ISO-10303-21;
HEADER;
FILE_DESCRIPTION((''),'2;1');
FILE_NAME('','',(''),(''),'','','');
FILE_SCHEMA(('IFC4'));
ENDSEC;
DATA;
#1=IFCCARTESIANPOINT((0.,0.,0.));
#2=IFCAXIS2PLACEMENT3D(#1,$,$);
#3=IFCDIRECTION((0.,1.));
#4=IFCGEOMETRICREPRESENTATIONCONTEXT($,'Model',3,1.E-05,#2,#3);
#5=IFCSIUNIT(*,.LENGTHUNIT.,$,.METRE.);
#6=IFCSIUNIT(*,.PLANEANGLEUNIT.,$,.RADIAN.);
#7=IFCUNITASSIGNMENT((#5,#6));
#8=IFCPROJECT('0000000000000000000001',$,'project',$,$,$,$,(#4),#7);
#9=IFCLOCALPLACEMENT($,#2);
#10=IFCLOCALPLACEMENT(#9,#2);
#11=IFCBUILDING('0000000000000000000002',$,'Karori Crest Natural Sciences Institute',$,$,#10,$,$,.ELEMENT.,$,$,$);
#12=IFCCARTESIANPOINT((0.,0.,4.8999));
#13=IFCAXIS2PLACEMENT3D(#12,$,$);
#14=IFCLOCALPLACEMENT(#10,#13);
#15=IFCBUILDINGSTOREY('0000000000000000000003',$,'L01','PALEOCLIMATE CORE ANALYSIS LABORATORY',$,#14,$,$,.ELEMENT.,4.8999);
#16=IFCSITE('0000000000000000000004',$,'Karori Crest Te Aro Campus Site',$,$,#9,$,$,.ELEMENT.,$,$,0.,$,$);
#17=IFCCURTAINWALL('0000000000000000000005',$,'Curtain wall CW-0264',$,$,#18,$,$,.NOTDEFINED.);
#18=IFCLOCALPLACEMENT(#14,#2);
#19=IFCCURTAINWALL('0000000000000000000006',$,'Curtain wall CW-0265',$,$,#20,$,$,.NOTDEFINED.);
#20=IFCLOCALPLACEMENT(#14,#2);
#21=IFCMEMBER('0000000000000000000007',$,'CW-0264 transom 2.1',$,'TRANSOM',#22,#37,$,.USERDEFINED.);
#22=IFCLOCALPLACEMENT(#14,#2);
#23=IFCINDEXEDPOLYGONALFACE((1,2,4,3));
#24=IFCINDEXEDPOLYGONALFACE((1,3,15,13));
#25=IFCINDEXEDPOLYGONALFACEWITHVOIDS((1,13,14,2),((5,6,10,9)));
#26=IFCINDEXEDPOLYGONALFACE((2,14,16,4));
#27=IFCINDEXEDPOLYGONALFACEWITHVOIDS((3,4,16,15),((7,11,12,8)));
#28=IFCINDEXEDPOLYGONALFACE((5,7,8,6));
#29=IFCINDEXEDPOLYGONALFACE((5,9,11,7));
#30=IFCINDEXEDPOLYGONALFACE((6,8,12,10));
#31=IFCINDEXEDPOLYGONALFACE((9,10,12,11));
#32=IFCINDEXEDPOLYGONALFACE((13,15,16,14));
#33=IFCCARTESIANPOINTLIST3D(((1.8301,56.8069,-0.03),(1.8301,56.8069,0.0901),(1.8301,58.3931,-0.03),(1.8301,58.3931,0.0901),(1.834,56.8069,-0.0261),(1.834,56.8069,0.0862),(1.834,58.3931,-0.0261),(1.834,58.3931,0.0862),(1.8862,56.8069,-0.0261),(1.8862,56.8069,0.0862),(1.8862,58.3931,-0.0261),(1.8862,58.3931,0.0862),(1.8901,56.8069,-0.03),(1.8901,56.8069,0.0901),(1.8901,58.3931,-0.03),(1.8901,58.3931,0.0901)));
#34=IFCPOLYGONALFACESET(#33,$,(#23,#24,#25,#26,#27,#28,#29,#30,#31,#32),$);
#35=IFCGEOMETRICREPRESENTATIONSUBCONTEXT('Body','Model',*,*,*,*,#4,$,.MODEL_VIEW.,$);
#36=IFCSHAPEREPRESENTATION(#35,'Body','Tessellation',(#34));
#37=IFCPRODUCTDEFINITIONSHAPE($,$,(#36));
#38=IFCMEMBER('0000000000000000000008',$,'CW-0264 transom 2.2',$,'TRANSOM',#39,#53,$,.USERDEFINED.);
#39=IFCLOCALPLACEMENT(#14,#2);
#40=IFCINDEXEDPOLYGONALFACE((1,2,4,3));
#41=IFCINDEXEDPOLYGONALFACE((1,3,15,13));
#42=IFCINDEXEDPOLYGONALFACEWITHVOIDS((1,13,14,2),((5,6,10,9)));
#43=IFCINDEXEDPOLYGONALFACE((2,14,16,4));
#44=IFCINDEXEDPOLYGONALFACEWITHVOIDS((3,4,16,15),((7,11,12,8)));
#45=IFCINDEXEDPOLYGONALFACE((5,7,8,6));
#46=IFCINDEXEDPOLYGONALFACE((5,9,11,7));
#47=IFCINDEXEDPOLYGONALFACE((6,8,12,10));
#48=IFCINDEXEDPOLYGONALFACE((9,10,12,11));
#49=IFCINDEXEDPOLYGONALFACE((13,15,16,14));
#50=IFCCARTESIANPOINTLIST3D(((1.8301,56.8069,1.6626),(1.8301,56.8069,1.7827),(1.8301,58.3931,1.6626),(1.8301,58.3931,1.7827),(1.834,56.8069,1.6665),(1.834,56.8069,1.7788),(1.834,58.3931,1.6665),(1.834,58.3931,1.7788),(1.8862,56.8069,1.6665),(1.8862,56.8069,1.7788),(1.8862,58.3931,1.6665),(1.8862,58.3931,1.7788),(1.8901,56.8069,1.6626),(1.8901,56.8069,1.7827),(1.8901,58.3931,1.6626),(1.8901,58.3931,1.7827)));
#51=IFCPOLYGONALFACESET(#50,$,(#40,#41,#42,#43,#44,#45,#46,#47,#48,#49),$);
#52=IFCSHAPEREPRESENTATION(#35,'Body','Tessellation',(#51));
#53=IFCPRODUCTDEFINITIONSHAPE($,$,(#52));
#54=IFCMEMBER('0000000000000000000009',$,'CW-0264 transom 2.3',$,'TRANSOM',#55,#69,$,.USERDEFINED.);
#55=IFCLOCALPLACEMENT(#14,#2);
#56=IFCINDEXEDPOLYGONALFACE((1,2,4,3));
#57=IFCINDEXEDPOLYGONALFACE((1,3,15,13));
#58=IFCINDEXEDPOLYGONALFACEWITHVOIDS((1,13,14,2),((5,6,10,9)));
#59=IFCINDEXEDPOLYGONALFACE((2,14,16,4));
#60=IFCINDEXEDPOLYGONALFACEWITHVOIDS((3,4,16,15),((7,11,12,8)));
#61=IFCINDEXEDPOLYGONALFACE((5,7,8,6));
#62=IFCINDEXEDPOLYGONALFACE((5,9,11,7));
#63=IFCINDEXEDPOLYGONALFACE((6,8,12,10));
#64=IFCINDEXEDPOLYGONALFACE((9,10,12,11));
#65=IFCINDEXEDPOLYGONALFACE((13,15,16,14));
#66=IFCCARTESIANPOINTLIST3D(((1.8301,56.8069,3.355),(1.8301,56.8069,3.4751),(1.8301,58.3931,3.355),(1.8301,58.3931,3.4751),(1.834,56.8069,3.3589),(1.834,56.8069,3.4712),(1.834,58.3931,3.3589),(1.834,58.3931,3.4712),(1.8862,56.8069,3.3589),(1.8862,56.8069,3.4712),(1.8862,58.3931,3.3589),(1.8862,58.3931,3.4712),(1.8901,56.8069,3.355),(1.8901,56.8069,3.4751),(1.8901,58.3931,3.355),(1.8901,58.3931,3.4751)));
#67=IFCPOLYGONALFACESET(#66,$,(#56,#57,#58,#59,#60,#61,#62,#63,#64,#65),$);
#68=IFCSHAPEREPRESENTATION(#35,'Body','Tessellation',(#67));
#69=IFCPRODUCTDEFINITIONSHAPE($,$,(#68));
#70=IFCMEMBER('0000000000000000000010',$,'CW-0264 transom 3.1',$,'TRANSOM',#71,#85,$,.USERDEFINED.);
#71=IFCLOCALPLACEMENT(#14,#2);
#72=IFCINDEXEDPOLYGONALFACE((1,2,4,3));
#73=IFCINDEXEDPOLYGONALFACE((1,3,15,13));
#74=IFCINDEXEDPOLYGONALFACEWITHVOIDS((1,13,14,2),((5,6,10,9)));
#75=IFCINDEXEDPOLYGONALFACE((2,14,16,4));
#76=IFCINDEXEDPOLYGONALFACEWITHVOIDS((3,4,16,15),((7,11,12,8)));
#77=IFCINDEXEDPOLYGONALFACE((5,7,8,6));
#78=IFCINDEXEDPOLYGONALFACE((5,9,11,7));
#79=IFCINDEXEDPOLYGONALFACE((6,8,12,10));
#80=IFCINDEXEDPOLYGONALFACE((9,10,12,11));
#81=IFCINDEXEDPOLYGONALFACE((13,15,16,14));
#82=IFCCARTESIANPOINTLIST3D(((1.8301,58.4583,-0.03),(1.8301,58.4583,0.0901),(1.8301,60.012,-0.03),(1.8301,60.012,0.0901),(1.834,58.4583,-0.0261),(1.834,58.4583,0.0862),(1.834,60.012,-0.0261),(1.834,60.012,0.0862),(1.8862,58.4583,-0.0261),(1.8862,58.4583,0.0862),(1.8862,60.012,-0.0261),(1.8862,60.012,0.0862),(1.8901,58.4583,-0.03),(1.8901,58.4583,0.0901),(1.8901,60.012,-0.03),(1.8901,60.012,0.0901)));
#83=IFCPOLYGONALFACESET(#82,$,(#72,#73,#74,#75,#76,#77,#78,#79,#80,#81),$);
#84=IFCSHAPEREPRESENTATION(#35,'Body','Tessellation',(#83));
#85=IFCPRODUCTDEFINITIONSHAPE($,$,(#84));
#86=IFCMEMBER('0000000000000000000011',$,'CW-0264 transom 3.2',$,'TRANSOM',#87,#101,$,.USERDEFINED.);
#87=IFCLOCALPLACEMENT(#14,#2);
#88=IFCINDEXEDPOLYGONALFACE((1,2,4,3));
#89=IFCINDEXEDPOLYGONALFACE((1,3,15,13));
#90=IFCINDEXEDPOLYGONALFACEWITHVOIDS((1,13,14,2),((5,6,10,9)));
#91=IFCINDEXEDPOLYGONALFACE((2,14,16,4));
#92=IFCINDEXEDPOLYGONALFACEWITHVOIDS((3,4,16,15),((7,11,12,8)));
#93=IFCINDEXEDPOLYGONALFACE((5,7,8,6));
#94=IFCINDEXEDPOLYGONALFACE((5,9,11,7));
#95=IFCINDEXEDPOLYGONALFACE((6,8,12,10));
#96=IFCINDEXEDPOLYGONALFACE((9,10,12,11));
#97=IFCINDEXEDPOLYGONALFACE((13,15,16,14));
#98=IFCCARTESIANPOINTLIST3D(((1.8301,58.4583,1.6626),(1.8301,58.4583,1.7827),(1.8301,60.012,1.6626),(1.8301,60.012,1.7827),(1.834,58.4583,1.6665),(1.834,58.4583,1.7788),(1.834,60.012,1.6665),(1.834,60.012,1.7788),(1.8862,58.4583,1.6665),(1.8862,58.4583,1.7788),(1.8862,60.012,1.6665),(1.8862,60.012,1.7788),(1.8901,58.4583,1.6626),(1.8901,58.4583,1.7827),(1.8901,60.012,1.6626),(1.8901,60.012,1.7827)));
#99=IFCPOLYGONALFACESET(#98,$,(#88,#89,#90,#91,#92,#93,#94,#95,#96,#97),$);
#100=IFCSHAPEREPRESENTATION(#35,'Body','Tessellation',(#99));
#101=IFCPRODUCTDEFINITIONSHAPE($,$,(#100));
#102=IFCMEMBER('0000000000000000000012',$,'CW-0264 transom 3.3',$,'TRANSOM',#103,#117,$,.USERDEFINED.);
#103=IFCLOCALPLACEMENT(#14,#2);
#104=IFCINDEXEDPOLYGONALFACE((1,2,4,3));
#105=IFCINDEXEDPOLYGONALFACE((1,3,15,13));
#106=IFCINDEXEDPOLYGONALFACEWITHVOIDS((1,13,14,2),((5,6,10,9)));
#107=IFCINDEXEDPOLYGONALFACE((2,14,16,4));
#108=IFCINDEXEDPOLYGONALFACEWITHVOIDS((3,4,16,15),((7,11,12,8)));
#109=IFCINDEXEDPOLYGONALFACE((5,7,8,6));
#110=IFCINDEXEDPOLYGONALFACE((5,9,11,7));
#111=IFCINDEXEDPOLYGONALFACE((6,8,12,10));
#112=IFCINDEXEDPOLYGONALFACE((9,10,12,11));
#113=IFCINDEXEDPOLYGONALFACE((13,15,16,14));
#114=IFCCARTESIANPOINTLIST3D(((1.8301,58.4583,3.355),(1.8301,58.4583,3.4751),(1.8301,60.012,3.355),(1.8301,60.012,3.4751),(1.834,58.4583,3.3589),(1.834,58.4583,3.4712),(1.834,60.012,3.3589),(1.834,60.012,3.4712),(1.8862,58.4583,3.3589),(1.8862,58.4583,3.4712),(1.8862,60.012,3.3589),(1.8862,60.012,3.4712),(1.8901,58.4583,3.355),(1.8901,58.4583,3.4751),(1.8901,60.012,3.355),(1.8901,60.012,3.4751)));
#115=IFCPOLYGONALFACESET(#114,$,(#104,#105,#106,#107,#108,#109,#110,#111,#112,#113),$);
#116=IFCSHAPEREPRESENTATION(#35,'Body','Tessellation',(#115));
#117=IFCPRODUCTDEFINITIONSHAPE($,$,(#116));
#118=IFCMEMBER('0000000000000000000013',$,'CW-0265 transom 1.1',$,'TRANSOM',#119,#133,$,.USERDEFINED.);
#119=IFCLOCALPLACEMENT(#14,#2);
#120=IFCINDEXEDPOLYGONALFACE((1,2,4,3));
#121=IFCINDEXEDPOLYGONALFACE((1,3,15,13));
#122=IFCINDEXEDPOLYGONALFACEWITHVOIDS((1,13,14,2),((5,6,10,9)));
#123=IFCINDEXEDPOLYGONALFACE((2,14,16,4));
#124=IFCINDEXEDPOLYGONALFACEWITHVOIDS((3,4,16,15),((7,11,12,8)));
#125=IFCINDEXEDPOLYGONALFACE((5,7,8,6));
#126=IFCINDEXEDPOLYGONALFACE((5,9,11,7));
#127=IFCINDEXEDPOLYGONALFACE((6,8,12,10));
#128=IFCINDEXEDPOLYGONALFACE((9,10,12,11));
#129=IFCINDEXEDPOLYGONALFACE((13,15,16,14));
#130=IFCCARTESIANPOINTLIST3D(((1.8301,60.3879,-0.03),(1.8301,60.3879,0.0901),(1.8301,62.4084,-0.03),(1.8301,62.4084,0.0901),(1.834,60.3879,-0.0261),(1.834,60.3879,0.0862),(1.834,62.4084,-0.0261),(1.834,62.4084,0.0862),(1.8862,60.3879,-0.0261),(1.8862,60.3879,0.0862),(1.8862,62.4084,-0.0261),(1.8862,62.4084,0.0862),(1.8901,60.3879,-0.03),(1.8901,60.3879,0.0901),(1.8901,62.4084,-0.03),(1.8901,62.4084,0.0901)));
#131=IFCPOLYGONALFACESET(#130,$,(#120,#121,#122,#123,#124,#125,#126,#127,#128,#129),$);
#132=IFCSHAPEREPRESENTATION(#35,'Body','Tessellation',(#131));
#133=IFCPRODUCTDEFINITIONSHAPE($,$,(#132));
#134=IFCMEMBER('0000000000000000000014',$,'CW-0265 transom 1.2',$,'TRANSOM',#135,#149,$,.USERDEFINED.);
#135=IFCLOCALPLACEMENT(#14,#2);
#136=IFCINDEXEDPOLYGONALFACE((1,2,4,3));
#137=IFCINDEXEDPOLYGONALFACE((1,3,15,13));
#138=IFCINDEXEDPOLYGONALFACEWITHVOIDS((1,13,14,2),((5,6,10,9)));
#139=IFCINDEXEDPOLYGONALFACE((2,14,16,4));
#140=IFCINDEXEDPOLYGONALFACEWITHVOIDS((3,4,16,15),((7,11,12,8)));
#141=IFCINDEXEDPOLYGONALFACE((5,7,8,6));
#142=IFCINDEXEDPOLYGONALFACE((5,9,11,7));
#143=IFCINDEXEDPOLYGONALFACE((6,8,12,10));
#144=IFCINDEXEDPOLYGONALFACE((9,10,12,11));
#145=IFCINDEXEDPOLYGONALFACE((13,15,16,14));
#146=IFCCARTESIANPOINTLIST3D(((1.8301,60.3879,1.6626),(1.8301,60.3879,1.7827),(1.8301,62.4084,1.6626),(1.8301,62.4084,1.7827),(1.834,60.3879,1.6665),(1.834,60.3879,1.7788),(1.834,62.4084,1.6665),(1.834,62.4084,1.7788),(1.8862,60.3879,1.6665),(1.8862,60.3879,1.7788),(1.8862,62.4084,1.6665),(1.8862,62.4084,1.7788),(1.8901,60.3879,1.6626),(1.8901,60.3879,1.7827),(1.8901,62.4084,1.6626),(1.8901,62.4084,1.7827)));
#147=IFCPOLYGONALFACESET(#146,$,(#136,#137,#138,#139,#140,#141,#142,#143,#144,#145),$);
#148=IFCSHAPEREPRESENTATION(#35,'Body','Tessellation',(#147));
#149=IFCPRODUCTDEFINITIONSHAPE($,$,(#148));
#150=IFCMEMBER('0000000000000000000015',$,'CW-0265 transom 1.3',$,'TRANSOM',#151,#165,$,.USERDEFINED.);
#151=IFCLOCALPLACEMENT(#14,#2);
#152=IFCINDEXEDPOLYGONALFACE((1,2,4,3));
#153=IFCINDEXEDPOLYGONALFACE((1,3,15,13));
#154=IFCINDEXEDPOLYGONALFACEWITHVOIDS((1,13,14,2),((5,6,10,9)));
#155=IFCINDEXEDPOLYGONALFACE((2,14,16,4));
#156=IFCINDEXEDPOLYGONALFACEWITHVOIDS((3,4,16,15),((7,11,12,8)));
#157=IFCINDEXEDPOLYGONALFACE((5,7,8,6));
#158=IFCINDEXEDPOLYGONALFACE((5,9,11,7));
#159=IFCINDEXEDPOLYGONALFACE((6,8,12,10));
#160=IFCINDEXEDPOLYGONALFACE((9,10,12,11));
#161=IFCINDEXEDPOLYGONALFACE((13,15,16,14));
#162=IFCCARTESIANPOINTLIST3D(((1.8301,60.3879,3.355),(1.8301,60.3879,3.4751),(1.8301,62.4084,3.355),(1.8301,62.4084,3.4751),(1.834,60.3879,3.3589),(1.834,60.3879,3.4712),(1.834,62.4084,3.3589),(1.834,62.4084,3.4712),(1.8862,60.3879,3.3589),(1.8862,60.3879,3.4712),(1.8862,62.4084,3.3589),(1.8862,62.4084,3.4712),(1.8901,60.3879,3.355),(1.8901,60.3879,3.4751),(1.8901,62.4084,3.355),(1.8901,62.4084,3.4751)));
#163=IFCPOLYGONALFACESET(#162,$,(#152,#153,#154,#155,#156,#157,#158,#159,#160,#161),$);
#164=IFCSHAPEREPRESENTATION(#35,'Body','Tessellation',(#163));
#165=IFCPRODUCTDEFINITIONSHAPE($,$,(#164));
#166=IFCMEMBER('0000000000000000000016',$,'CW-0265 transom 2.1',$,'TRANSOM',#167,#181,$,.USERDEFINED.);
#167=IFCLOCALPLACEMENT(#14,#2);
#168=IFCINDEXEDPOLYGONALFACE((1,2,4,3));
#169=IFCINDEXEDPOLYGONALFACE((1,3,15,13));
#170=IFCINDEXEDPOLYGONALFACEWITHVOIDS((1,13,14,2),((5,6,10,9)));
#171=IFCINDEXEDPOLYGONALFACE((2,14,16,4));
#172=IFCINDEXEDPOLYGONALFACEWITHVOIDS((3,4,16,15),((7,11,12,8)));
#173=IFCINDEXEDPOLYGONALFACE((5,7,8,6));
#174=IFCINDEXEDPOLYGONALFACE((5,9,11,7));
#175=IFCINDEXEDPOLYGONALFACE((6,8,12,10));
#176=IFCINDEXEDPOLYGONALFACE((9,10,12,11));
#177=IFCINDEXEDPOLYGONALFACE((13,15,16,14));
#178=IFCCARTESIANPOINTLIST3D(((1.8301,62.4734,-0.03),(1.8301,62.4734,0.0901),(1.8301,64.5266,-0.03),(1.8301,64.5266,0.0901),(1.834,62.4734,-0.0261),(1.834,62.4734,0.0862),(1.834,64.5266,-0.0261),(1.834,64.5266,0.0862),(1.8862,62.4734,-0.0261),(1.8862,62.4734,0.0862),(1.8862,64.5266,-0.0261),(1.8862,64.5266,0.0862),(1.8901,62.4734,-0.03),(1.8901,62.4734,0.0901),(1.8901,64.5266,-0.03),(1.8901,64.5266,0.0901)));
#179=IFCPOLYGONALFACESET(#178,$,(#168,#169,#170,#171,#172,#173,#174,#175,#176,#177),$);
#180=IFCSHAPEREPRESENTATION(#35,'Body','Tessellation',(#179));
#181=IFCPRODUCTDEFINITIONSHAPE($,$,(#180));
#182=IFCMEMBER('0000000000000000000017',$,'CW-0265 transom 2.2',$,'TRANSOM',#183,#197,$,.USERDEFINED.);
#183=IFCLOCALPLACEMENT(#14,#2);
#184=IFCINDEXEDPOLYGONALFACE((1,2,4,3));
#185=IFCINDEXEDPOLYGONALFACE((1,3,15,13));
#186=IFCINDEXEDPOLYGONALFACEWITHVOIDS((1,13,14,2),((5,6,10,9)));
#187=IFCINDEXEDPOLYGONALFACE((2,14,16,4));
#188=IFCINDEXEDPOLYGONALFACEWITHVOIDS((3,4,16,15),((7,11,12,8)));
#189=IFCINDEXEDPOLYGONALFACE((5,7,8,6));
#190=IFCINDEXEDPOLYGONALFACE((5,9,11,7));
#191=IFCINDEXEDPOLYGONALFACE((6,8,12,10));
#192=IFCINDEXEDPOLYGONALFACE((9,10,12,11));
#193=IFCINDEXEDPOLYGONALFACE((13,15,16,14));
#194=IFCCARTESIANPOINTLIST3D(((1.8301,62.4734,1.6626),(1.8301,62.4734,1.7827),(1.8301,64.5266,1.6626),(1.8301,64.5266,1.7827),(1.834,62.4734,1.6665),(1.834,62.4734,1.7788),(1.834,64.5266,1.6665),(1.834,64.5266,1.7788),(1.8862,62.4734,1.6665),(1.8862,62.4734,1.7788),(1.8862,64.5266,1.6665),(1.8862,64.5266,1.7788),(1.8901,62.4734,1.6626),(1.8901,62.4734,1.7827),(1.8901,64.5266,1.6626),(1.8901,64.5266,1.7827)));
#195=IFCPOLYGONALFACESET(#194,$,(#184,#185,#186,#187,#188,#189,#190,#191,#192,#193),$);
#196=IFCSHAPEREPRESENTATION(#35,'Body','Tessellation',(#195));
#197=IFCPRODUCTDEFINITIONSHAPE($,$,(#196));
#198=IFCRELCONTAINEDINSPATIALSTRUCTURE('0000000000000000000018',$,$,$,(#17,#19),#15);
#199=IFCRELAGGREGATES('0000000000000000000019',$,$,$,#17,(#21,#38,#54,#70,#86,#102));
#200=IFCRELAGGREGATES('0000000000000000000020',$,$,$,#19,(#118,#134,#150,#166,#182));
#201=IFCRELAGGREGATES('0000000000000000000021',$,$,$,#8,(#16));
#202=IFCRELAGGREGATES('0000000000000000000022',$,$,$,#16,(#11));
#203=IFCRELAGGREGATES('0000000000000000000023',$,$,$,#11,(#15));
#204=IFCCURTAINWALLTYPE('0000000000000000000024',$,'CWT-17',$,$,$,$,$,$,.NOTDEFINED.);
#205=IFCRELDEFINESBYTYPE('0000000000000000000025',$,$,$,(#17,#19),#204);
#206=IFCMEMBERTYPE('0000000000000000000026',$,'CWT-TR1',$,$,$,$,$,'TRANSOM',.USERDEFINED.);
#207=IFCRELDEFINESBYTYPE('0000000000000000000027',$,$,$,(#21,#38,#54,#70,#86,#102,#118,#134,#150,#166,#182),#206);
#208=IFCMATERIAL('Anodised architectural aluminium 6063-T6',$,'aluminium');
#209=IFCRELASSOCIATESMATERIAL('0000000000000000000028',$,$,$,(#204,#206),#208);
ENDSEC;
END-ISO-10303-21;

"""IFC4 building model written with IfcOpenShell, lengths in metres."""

from ifc_helpers import new_model, si_unit, direction, frame, origin, origin_2d, place, context, subcontext, project, spatial, hollow_rectangle, extrude, material, material_profile, profile_set, type_object, element, aggregate, save


model = new_model("IFC4")

# Units and contexts
model_context = context("Model", 3, precision=1e-05, world=origin(), true_north=direction((0.0, 1.0)))
body_context = subcontext(model_context, "Body", "Model", "MODEL_VIEW")
ifc_project = project(units=[si_unit("LENGTHUNIT", "METRE"), si_unit("PLANEANGLEUNIT", "RADIAN")], contexts=[model_context])

# Site, building, storey
site_placement = place(None, origin())
site = spatial("IfcSite", under=ifc_project, at=site_placement, Name="Karori Crest Te Aro Campus Site", CompositionType="ELEMENT", RefElevation=0.0)
building_placement = place(site_placement, origin())
building = spatial("IfcBuilding", under=site, at=building_placement, Name="Karori Crest Natural Sciences Institute", CompositionType="ELEMENT")
storey_placement = place(building_placement, frame((0.0, 0.0, 4.8999)))
storey = spatial("IfcBuildingStorey", under=building, at=storey_placement, Name="L01", Description="PALEOCLIMATE CORE ANALYSIS LABORATORY", CompositionType="ELEMENT", Elevation=4.8999)

# Curtain walls
ifc_material_1 = material(Name="Anodised architectural aluminium 6063-T6", Category="aluminium")
curtain_wall_type = type_object("IfcCurtainWallType", Name="CWT-17", PredefinedType="NOTDEFINED", material=ifc_material_1)
curtain_wall_1_placement = place(storey_placement, origin())
curtain_wall_1 = element("IfcCurtainWall", 1, at=curtain_wall_1_placement, inside=storey, type_object=curtain_wall_type, Name="Curtain wall CW-0264", PredefinedType="NOTDEFINED")
curtain_wall_2_placement = place(storey_placement, origin())
curtain_wall_2 = element("IfcCurtainWall", 2, at=curtain_wall_2_placement, inside=storey, type_object=curtain_wall_type, Name="Curtain wall CW-0265", PredefinedType="NOTDEFINED")

# Members
ifc_material_profile_1 = material_profile(ifc_material_1, hollow_rectangle(XDim=0.0601, YDim=0.1201, WallThickness=0.0039, at=origin_2d()), Name="CWT120x60x4")
ifc_profile_set_1 = profile_set([ifc_material_profile_1], Name="Anodised architectural aluminium 6063-T6")
member_type_1 = type_object("IfcMemberType", Name="CWT-TR1", ElementType="TRANSOM", PredefinedType="USERDEFINED", material=ifc_profile_set_1)
member_1_placement = place(storey_placement, frame((1.8601, 56.8069, 0.03), z_axis=(0.0, 1.0, 0.0), x_axis=(-1.0, 0.0, 0.0)))
member_1 = element("IfcMember", 3, at=member_1_placement, type_object=member_type_1, Name="CW-0264 transom 2.1", ObjectType="TRANSOM", PredefinedType="USERDEFINED", context=body_context, shape_type="SweptSolid", body=[
    extrude(hollow_rectangle(XDim=0.0601, YDim=0.1201, WallThickness=0.0039, at=origin_2d()), origin(), (0.0, 0.0, 1.0), 1.5862),
])
member_2_placement = place(storey_placement, frame((1.8601, 56.8069, 1.7227), z_axis=(0.0, 1.0, 0.0), x_axis=(-1.0, 0.0, 0.0)))
member_2 = element("IfcMember", 4, at=member_2_placement, type_object=member_type_1, Name="CW-0264 transom 2.2", ObjectType="TRANSOM", PredefinedType="USERDEFINED", context=body_context, shape_type="SweptSolid", body=[
    extrude(hollow_rectangle(XDim=0.0601, YDim=0.1201, WallThickness=0.0039, at=origin_2d()), origin(), (0.0, 0.0, 1.0), 1.5862),
])
member_3_placement = place(storey_placement, frame((1.8601, 56.8069, 3.415), z_axis=(0.0, 1.0, 0.0), x_axis=(-1.0, 0.0, 0.0)))
member_3 = element("IfcMember", 5, at=member_3_placement, type_object=member_type_1, Name="CW-0264 transom 2.3", ObjectType="TRANSOM", PredefinedType="USERDEFINED", context=body_context, shape_type="SweptSolid", body=[
    extrude(hollow_rectangle(XDim=0.0601, YDim=0.1201, WallThickness=0.0039, at=origin_2d()), origin(), (0.0, 0.0, 1.0), 1.5862),
])
member_4_placement = place(storey_placement, frame((1.8601, 58.4583, 0.03), z_axis=(0.0, 1.0, 0.0), x_axis=(-1.0, 0.0, 0.0)))
member_4 = element("IfcMember", 6, at=member_4_placement, type_object=member_type_1, Name="CW-0264 transom 3.1", ObjectType="TRANSOM", PredefinedType="USERDEFINED", context=body_context, shape_type="SweptSolid", body=[
    extrude(hollow_rectangle(XDim=0.0601, YDim=0.1201, WallThickness=0.0039, at=origin_2d()), origin(), (0.0, 0.0, 1.0), 1.5537),
])
member_5_placement = place(storey_placement, frame((1.8601, 58.4583, 1.7227), z_axis=(0.0, 1.0, 0.0), x_axis=(-1.0, 0.0, 0.0)))
member_5 = element("IfcMember", 7, at=member_5_placement, type_object=member_type_1, Name="CW-0264 transom 3.2", ObjectType="TRANSOM", PredefinedType="USERDEFINED", context=body_context, shape_type="SweptSolid", body=[
    extrude(hollow_rectangle(XDim=0.0601, YDim=0.1201, WallThickness=0.0039, at=origin_2d()), origin(), (0.0, 0.0, 1.0), 1.5537),
])
member_6_placement = place(storey_placement, frame((1.8601, 58.4583, 3.415), z_axis=(0.0, 1.0, 0.0), x_axis=(-1.0, 0.0, 0.0)))
member_6 = element("IfcMember", 8, at=member_6_placement, type_object=member_type_1, Name="CW-0264 transom 3.3", ObjectType="TRANSOM", PredefinedType="USERDEFINED", context=body_context, shape_type="SweptSolid", body=[
    extrude(hollow_rectangle(XDim=0.0601, YDim=0.1201, WallThickness=0.0039, at=origin_2d()), origin(), (0.0, 0.0, 1.0), 1.5537),
])
member_7_placement = place(storey_placement, frame((1.8601, 60.3879, 0.03), z_axis=(0.0, 1.0, 0.0), x_axis=(-1.0, 0.0, 0.0)))
member_7 = element("IfcMember", 9, at=member_7_placement, type_object=member_type_1, Name="CW-0265 transom 1.1", ObjectType="TRANSOM", PredefinedType="USERDEFINED", context=body_context, shape_type="SweptSolid", body=[
    extrude(hollow_rectangle(XDim=0.0601, YDim=0.1201, WallThickness=0.0039, at=origin_2d()), origin(), (0.0, 0.0, 1.0), 2.0205),
])
member_8_placement = place(storey_placement, frame((1.8601, 60.3879, 1.7227), z_axis=(0.0, 1.0, 0.0), x_axis=(-1.0, 0.0, 0.0)))
member_8 = element("IfcMember", 10, at=member_8_placement, type_object=member_type_1, Name="CW-0265 transom 1.2", ObjectType="TRANSOM", PredefinedType="USERDEFINED", context=body_context, shape_type="SweptSolid", body=[
    extrude(hollow_rectangle(XDim=0.0601, YDim=0.1201, WallThickness=0.0039, at=origin_2d()), origin(), (0.0, 0.0, 1.0), 2.0205),
])
member_9_placement = place(storey_placement, frame((1.8601, 60.3879, 3.415), z_axis=(0.0, 1.0, 0.0), x_axis=(-1.0, 0.0, 0.0)))
member_9 = element("IfcMember", 11, at=member_9_placement, type_object=member_type_1, Name="CW-0265 transom 1.3", ObjectType="TRANSOM", PredefinedType="USERDEFINED", context=body_context, shape_type="SweptSolid", body=[
    extrude(hollow_rectangle(XDim=0.0601, YDim=0.1201, WallThickness=0.0039, at=origin_2d()), origin(), (0.0, 0.0, 1.0), 2.0205),
])
member_10_placement = place(storey_placement, frame((1.8601, 62.4734, 0.03), z_axis=(0.0, 1.0, 0.0), x_axis=(-1.0, 0.0, 0.0)))
member_10 = element("IfcMember", 12, at=member_10_placement, type_object=member_type_1, Name="CW-0265 transom 2.1", ObjectType="TRANSOM", PredefinedType="USERDEFINED", context=body_context, shape_type="SweptSolid", body=[
    extrude(hollow_rectangle(XDim=0.0601, YDim=0.1201, WallThickness=0.0039, at=origin_2d()), origin(), (0.0, 0.0, 1.0), 2.0532),
])
member_11_placement = place(storey_placement, frame((1.8601, 62.4734, 1.7227), z_axis=(0.0, 1.0, 0.0), x_axis=(-1.0, 0.0, 0.0)))
member_11 = element("IfcMember", 13, at=member_11_placement, type_object=member_type_1, Name="CW-0265 transom 2.2", ObjectType="TRANSOM", PredefinedType="USERDEFINED", context=body_context, shape_type="SweptSolid", body=[
    extrude(hollow_rectangle(XDim=0.0601, YDim=0.1201, WallThickness=0.0039, at=origin_2d()), origin(), (0.0, 0.0, 1.0), 2.0532),
])

aggregate(curtain_wall_1, [member_1, member_2, member_3, member_4, member_5, member_6])
aggregate(curtain_wall_2, [member_7, member_8, member_9, member_10, member_11])

save(model, "model.ifc")
